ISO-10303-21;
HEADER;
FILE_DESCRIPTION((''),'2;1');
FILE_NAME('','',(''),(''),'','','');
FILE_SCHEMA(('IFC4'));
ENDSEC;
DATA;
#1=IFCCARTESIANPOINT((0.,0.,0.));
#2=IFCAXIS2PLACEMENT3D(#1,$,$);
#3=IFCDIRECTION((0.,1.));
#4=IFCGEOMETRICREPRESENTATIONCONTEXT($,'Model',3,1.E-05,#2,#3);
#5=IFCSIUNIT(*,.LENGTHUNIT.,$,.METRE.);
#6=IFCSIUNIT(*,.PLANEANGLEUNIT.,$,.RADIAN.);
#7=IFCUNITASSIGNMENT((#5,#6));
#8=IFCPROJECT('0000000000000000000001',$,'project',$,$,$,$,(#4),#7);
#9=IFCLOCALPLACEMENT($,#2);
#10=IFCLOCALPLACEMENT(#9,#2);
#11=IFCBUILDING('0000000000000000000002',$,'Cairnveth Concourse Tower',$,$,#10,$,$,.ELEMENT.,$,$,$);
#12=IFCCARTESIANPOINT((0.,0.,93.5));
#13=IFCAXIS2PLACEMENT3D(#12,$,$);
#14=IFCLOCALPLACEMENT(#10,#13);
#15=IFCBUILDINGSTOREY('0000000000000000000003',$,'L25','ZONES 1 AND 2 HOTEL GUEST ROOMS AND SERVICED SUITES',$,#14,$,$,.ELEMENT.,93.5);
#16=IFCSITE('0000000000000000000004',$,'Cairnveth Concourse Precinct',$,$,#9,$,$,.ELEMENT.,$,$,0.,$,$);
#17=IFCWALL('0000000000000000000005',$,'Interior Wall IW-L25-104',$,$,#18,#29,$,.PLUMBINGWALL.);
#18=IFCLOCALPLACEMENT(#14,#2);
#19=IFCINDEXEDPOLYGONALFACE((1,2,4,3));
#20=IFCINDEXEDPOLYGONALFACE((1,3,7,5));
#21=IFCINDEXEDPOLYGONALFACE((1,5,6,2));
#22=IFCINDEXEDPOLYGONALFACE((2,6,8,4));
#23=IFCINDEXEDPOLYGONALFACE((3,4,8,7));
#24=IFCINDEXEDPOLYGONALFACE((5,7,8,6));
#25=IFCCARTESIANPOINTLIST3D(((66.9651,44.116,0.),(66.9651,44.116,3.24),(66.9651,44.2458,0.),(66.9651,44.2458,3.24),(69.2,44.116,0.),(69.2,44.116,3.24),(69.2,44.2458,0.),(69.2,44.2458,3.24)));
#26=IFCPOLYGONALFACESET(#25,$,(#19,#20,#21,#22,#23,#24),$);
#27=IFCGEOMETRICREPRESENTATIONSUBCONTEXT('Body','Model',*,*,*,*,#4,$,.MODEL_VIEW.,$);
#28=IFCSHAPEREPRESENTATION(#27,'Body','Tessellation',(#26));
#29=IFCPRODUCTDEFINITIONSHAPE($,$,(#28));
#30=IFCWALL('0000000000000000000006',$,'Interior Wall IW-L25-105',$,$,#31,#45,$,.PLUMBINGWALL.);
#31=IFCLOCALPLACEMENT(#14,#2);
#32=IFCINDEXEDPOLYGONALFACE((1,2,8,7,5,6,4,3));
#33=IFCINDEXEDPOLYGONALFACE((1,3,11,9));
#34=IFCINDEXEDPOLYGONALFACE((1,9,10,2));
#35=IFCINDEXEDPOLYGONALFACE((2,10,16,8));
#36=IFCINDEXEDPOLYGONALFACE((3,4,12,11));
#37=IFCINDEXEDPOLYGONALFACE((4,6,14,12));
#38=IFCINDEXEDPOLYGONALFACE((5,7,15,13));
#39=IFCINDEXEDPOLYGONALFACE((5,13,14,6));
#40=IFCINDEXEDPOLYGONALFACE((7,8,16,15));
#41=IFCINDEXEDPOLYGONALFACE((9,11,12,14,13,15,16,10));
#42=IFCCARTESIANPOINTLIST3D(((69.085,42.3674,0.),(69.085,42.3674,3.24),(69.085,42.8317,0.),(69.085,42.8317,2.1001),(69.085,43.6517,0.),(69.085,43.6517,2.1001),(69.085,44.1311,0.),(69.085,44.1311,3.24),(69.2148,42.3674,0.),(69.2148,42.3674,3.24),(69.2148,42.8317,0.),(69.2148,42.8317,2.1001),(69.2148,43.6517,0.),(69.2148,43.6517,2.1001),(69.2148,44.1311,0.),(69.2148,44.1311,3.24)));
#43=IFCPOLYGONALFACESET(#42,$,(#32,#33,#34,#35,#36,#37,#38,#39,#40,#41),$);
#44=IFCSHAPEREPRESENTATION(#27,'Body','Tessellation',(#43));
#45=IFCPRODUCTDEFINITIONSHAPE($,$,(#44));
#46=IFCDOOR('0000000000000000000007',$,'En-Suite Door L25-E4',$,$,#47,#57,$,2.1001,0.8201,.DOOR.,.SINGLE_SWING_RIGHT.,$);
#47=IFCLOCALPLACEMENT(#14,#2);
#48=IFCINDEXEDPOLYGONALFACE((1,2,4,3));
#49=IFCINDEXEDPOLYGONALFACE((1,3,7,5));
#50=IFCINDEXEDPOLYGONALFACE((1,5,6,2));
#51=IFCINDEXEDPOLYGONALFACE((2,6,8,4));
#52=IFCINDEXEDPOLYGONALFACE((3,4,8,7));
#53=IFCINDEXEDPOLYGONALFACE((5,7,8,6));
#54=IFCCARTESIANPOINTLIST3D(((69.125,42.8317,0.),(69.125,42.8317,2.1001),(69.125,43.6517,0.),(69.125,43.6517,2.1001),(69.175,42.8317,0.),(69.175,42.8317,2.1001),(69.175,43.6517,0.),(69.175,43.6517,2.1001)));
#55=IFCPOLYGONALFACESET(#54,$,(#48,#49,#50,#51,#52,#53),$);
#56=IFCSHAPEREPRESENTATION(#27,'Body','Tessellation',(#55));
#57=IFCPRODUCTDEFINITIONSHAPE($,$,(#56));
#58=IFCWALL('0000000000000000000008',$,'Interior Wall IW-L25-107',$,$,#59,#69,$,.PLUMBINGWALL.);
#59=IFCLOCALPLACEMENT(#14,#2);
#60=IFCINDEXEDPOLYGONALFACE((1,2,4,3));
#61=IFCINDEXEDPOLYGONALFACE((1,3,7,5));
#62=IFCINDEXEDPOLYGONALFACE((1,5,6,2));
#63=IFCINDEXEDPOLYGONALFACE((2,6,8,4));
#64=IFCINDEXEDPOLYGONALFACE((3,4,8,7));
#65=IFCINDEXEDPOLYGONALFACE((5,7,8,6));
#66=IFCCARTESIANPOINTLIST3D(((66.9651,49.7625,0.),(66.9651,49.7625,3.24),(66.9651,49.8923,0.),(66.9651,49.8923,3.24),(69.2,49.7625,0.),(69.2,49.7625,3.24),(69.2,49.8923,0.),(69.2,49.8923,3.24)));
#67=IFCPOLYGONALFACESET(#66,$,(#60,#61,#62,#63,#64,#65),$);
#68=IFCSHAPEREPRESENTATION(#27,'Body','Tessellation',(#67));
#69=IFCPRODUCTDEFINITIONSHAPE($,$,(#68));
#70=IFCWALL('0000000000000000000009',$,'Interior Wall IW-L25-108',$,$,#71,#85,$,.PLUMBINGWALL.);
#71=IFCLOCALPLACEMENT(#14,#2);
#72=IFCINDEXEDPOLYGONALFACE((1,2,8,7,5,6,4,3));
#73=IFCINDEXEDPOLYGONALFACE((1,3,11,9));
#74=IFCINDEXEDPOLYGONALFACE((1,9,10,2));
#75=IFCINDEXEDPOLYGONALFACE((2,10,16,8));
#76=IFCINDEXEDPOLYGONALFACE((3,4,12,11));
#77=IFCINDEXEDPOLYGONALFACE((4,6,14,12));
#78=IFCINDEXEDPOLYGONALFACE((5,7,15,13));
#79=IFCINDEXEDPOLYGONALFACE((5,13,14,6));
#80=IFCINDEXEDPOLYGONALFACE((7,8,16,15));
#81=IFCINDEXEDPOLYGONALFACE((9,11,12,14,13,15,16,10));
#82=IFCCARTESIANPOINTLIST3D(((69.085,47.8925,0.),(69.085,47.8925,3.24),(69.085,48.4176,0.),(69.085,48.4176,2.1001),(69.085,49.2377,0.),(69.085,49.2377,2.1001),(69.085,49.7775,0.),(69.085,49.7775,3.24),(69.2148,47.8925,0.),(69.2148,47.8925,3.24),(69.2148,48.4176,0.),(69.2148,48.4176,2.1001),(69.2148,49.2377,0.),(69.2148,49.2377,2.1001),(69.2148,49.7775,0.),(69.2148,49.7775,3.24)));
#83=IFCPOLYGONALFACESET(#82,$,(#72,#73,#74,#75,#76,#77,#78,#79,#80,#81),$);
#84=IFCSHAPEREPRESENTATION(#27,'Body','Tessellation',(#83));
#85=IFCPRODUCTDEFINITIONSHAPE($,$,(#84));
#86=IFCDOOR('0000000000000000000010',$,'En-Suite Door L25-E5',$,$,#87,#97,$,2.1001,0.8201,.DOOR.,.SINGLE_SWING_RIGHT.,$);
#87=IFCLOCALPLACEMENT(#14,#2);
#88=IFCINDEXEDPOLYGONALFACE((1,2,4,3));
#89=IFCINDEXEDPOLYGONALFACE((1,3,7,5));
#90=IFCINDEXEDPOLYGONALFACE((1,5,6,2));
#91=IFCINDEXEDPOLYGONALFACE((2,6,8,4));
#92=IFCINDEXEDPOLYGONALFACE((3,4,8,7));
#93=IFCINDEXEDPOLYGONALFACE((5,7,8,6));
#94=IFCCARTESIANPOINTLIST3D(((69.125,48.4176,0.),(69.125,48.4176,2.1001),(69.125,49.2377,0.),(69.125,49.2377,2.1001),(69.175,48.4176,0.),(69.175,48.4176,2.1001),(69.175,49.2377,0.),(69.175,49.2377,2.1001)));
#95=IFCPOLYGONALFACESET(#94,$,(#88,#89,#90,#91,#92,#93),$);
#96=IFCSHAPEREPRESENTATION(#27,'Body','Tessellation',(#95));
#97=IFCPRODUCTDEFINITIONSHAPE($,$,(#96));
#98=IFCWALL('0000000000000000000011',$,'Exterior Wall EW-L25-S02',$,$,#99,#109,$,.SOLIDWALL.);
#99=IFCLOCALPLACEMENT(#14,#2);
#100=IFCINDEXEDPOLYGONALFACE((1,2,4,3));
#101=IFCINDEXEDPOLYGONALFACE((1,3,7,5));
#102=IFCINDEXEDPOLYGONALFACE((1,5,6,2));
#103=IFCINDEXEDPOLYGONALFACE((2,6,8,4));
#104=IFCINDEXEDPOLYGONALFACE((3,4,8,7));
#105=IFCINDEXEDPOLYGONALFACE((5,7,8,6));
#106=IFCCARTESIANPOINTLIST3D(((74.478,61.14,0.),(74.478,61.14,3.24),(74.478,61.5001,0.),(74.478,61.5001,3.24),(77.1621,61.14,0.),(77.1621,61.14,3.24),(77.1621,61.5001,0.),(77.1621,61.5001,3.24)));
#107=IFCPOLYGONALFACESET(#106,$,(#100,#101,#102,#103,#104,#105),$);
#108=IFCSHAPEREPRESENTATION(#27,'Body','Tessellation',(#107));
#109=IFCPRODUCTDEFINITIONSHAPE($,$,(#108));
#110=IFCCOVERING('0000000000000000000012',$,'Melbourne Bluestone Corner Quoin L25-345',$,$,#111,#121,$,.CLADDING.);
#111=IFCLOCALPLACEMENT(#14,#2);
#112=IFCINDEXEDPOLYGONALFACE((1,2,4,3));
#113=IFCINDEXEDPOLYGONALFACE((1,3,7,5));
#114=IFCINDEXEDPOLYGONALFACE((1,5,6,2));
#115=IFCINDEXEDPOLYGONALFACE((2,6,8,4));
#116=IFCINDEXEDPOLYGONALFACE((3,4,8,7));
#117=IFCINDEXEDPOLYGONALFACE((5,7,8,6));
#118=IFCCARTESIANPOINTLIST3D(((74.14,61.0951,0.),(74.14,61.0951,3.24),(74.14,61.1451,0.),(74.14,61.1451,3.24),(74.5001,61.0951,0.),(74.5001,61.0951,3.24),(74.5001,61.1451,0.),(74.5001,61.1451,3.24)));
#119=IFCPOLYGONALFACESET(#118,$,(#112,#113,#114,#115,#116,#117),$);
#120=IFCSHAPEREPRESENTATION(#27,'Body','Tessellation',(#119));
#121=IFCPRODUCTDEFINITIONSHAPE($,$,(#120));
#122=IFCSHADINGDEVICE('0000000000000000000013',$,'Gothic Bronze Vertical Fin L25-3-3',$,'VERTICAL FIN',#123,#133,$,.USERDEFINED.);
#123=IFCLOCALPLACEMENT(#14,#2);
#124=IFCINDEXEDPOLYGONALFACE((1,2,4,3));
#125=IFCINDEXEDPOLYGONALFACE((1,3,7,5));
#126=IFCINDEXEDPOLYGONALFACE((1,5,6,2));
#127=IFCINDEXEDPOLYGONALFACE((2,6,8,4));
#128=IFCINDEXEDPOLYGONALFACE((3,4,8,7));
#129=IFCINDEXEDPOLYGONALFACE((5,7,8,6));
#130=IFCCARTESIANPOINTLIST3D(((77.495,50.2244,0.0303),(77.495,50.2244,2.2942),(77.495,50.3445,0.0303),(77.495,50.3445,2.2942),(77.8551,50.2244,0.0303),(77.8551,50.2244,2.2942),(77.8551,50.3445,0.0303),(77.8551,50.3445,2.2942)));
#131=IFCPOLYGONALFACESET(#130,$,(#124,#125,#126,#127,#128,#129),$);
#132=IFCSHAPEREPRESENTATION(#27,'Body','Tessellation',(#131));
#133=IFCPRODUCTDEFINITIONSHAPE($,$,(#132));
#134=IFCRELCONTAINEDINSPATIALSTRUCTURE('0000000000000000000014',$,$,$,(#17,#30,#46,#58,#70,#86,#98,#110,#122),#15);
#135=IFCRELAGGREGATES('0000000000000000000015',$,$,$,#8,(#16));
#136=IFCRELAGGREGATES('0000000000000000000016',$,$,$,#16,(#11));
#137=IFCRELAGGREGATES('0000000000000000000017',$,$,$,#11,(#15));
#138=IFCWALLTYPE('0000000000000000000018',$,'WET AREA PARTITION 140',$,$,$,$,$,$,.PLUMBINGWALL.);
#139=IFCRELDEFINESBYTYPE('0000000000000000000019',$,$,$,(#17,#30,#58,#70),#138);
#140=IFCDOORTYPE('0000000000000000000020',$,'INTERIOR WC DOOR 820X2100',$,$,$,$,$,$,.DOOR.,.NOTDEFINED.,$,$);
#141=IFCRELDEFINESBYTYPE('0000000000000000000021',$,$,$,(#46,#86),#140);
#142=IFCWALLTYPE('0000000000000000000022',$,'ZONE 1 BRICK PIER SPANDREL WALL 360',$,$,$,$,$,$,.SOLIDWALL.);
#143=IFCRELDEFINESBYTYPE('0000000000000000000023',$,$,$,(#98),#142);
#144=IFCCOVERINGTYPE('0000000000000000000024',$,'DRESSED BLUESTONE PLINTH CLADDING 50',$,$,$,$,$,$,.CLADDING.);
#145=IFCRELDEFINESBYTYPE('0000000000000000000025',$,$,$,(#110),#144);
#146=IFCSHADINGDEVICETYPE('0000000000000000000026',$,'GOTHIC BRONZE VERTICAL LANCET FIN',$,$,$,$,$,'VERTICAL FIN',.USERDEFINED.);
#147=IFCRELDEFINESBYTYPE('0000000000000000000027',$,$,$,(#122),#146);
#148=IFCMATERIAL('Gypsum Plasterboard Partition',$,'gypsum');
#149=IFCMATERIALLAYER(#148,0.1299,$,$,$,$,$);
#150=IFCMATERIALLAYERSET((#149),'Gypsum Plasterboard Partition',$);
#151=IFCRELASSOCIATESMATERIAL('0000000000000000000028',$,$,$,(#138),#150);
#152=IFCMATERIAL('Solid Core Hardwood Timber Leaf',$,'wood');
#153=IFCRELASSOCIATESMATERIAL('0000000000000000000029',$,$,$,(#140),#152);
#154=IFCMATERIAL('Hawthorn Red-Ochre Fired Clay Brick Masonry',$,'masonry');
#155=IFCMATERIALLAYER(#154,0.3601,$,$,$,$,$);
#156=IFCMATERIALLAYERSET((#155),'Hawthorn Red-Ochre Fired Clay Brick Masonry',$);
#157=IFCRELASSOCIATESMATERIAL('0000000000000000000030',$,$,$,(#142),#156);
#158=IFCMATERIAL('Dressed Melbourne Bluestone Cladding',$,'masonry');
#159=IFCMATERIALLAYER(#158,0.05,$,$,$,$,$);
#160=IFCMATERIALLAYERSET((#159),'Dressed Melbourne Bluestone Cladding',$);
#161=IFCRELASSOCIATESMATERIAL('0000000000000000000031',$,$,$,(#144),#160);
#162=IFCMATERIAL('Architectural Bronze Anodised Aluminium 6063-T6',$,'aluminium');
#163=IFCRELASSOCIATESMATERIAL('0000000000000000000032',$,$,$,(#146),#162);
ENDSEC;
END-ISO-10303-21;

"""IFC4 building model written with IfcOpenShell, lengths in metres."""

from ifc_helpers import new_model, si_unit, direction, frame, frame_2d, origin, origin_2d, place, context, subcontext, project, spatial, rectangle, extrude, material, layer, layer_set, type_object, element, fill, save


model = new_model("IFC4")

# Units and contexts
model_context = context("Model", 3, precision=1e-05, world=origin(), true_north=direction((0.0, 1.0)))
body_context = subcontext(model_context, "Body", "Model", "MODEL_VIEW")
ifc_project = project(units=[si_unit("LENGTHUNIT", "METRE"), si_unit("PLANEANGLEUNIT", "RADIAN")], contexts=[model_context])

# Site, building, storey
site_placement = place(None, origin())
site = spatial("IfcSite", under=ifc_project, at=site_placement, Name="Cairnveth Concourse Precinct", CompositionType="ELEMENT", RefElevation=0.0)
building_placement = place(site_placement, origin())
building = spatial("IfcBuilding", under=site, at=building_placement, Name="Cairnveth Concourse Tower", CompositionType="ELEMENT")
storey_placement = place(building_placement, frame((0.0, 0.0, 93.5)))
storey = spatial("IfcBuildingStorey", under=building, at=storey_placement, Name="L25", Description="ZONES 1 AND 2 HOTEL GUEST ROOMS AND SERVICED SUITES", CompositionType="ELEMENT", Elevation=93.5)

# Shared definitions
ifc_material_1 = material(Name="Gypsum Plasterboard Partition", Category="gypsum")
ifc_layer_1 = layer(ifc_material_1, 0.1299)
ifc_layer_set_1 = layer_set([ifc_layer_1], Name="Gypsum Plasterboard Partition")
wall_type_1 = type_object("IfcWallType", Name="WET AREA PARTITION 140", PredefinedType="PLUMBINGWALL", material=ifc_layer_set_1)

# Shared definitions
ifc_material_2 = material(Name="Solid Core Hardwood Timber Leaf", Category="wood")
door_type = type_object("IfcDoorType", Name="INTERIOR WC DOOR 820X2100", OperationType="NOTDEFINED", PredefinedType="DOOR", material=ifc_material_2)

# Wall
wall_1_placement = place(storey_placement, frame((66.9651, 44.1809, 0.0), z_axis=(0.0, 0.0, 1.0), x_axis=(1.0, 0.0, 0.0)))
element("IfcWall", 1, at=wall_1_placement, inside=storey, type_object=wall_type_1, Name="Interior Wall IW-L25-104", PredefinedType="PLUMBINGWALL", context=body_context, shape_type="SweptSolid", body=[
    extrude(rectangle(XDim=2.2349, YDim=0.1299, at=frame_2d((1.1174, 0.0))), origin(), (0.0, 0.0, 1.0), 3.24),
])

# Wall, opening, door
wall_2_placement = place(storey_placement, frame((69.1499, 42.3674, 0.0), z_axis=(0.0, 0.0, 1.0), x_axis=(0.0, 1.0, 0.0)))
wall_2 = element("IfcWall", 2, at=wall_2_placement, inside=storey, type_object=wall_type_1, Name="Interior Wall IW-L25-105", PredefinedType="PLUMBINGWALL", context=body_context, shape_type="SweptSolid", body=[
    extrude(rectangle(XDim=1.7637, YDim=0.1299, at=frame_2d((0.8818, 0.0))), origin(), (0.0, 0.0, 1.0), 3.24),
])
opening_1_placement = place(wall_2_placement, frame((0.4641, 0.0, 0.0)))
opening_1 = element("IfcOpeningElement", 3, at=opening_1_placement, cuts=wall_2, PredefinedType="OPENING", context=body_context, shape_type="SweptSolid", body=[
    extrude(rectangle(XDim=0.8201, YDim=2.1001, at=frame_2d((0.4102, 1.05))), frame((0.0, 0.075, 0.0), z_axis=(0.0, -1.0, 0.0), x_axis=(1.0, 0.0, 0.0)), (0.0, 0.0, 1.0), 0.1499),
])
door_1_placement = place(opening_1_placement, origin())
door_1 = element("IfcDoor", 4, at=door_1_placement, inside=storey, type_object=door_type, Name="En-Suite Door L25-E4", OperationType="SINGLE_SWING_RIGHT", OverallHeight=2.1001, OverallWidth=0.8201, PredefinedType="DOOR", context=body_context, shape_type="SweptSolid", body=[
    extrude(rectangle(XDim=0.8201, YDim=2.1001, at=frame_2d((0.4102, 1.05))), frame((0.0, 0.0249, 0.0), z_axis=(0.0, -1.0, 0.0), x_axis=(1.0, 0.0, 0.0)), (0.0, 0.0, 1.0), 0.05),
])
fill(opening_1, door_1)

# Wall
wall_3_placement = place(storey_placement, frame((66.9651, 49.8274, 0.0), z_axis=(0.0, 0.0, 1.0), x_axis=(1.0, 0.0, 0.0)))
element("IfcWall", 5, at=wall_3_placement, inside=storey, type_object=wall_type_1, Name="Interior Wall IW-L25-107", PredefinedType="PLUMBINGWALL", context=body_context, shape_type="SweptSolid", body=[
    extrude(rectangle(XDim=2.2349, YDim=0.1299, at=frame_2d((1.1174, 0.0))), origin(), (0.0, 0.0, 1.0), 3.24),
])

# Wall, opening, door
wall_4_placement = place(storey_placement, frame((69.1499, 47.8926, 0.0), z_axis=(0.0, 0.0, 1.0), x_axis=(0.0, 1.0, 0.0)))
wall_4 = element("IfcWall", 6, at=wall_4_placement, inside=storey, type_object=wall_type_1, Name="Interior Wall IW-L25-108", PredefinedType="PLUMBINGWALL", context=body_context, shape_type="SweptSolid", body=[
    extrude(rectangle(XDim=1.885, YDim=0.1299, at=frame_2d((0.9424, 0.0))), origin(), (0.0, 0.0, 1.0), 3.24),
])
opening_2_placement = place(wall_4_placement, frame((0.5249, 0.0, 0.0)))
opening_2 = element("IfcOpeningElement", 7, at=opening_2_placement, cuts=wall_4, PredefinedType="OPENING", context=body_context, shape_type="SweptSolid", body=[
    extrude(rectangle(XDim=0.8201, YDim=2.1001, at=frame_2d((0.4102, 1.05))), frame((0.0, 0.075, 0.0), z_axis=(0.0, -1.0, 0.0), x_axis=(1.0, 0.0, 0.0)), (0.0, 0.0, 1.0), 0.1499),
])
door_2_placement = place(opening_2_placement, origin())
door_2 = element("IfcDoor", 8, at=door_2_placement, inside=storey, type_object=door_type, Name="En-Suite Door L25-E5", OperationType="SINGLE_SWING_RIGHT", OverallHeight=2.1001, OverallWidth=0.8201, PredefinedType="DOOR", context=body_context, shape_type="SweptSolid", body=[
    extrude(rectangle(XDim=0.8201, YDim=2.1001, at=frame_2d((0.4102, 1.05))), frame((0.0, 0.0249, 0.0), z_axis=(0.0, -1.0, 0.0), x_axis=(1.0, 0.0, 0.0)), (0.0, 0.0, 1.0), 0.05),
])
fill(opening_2, door_2)

# Wall
ifc_material_3 = material(Name="Hawthorn Red-Ochre Fired Clay Brick Masonry", Category="masonry")
ifc_layer_2 = layer(ifc_material_3, 0.3601)
ifc_layer_set_2 = layer_set([ifc_layer_2], Name="Hawthorn Red-Ochre Fired Clay Brick Masonry")
wall_type_2 = type_object("IfcWallType", Name="ZONE 1 BRICK PIER SPANDREL WALL 360", PredefinedType="SOLIDWALL", material=ifc_layer_set_2)
wall_5_placement = place(storey_placement, frame((74.478, 61.3201, 0.0), z_axis=(0.0, 0.0, 1.0), x_axis=(1.0, 0.0, 0.0)))
element("IfcWall", 9, at=wall_5_placement, inside=storey, type_object=wall_type_2, Name="Exterior Wall EW-L25-S02", PredefinedType="SOLIDWALL", context=body_context, shape_type="SweptSolid", body=[
    extrude(rectangle(XDim=2.6841, YDim=0.3601, at=frame_2d((1.342, 0.0))), origin(), (0.0, 0.0, 1.0), 3.24),
])

# Covering
ifc_material_4 = material(Name="Dressed Melbourne Bluestone Cladding", Category="masonry")
ifc_layer_3 = layer(ifc_material_4, 0.05)
ifc_layer_set_3 = layer_set([ifc_layer_3], Name="Dressed Melbourne Bluestone Cladding")
covering_type = type_object("IfcCoveringType", Name="DRESSED BLUESTONE PLINTH CLADDING 50", PredefinedType="CLADDING", material=ifc_layer_set_3)
covering_placement = place(storey_placement, frame((74.1399, 61.1201, 0.0), z_axis=(0.0, 0.0, 1.0), x_axis=(1.0, 0.0, 0.0)))
element("IfcCovering", 10, at=covering_placement, inside=storey, type_object=covering_type, Name="Melbourne Bluestone Corner Quoin L25-345", PredefinedType="CLADDING", context=body_context, shape_type="SweptSolid", body=[
    extrude(rectangle(XDim=0.3601, YDim=0.05, at=frame_2d((0.1802, 0.0))), origin(), (0.0, 0.0, 1.0), 3.24),
])

# Shading device
ifc_material_5 = material(Name="Architectural Bronze Anodised Aluminium 6063-T6", Category="aluminium")
shading_device_type = type_object("IfcShadingDeviceType", Name="GOTHIC BRONZE VERTICAL LANCET FIN", ElementType="VERTICAL FIN", PredefinedType="USERDEFINED", material=ifc_material_5)
shading_device_placement = place(storey_placement, frame((77.675, 50.2844, 0.0303), z_axis=(0.0, 0.0, 1.0), x_axis=(0.0, 1.0, 0.0)))
element("IfcShadingDevice", 11, at=shading_device_placement, inside=storey, type_object=shading_device_type, Name="Gothic Bronze Vertical Fin L25-3-3", ObjectType="VERTICAL FIN", PredefinedType="USERDEFINED", context=body_context, shape_type="SweptSolid", body=[
    extrude(rectangle(XDim=0.1201, YDim=0.3601, at=origin_2d()), origin(), (0.0, 0.0, 1.0), 2.2639),
])

save(model, "model.ifc")
